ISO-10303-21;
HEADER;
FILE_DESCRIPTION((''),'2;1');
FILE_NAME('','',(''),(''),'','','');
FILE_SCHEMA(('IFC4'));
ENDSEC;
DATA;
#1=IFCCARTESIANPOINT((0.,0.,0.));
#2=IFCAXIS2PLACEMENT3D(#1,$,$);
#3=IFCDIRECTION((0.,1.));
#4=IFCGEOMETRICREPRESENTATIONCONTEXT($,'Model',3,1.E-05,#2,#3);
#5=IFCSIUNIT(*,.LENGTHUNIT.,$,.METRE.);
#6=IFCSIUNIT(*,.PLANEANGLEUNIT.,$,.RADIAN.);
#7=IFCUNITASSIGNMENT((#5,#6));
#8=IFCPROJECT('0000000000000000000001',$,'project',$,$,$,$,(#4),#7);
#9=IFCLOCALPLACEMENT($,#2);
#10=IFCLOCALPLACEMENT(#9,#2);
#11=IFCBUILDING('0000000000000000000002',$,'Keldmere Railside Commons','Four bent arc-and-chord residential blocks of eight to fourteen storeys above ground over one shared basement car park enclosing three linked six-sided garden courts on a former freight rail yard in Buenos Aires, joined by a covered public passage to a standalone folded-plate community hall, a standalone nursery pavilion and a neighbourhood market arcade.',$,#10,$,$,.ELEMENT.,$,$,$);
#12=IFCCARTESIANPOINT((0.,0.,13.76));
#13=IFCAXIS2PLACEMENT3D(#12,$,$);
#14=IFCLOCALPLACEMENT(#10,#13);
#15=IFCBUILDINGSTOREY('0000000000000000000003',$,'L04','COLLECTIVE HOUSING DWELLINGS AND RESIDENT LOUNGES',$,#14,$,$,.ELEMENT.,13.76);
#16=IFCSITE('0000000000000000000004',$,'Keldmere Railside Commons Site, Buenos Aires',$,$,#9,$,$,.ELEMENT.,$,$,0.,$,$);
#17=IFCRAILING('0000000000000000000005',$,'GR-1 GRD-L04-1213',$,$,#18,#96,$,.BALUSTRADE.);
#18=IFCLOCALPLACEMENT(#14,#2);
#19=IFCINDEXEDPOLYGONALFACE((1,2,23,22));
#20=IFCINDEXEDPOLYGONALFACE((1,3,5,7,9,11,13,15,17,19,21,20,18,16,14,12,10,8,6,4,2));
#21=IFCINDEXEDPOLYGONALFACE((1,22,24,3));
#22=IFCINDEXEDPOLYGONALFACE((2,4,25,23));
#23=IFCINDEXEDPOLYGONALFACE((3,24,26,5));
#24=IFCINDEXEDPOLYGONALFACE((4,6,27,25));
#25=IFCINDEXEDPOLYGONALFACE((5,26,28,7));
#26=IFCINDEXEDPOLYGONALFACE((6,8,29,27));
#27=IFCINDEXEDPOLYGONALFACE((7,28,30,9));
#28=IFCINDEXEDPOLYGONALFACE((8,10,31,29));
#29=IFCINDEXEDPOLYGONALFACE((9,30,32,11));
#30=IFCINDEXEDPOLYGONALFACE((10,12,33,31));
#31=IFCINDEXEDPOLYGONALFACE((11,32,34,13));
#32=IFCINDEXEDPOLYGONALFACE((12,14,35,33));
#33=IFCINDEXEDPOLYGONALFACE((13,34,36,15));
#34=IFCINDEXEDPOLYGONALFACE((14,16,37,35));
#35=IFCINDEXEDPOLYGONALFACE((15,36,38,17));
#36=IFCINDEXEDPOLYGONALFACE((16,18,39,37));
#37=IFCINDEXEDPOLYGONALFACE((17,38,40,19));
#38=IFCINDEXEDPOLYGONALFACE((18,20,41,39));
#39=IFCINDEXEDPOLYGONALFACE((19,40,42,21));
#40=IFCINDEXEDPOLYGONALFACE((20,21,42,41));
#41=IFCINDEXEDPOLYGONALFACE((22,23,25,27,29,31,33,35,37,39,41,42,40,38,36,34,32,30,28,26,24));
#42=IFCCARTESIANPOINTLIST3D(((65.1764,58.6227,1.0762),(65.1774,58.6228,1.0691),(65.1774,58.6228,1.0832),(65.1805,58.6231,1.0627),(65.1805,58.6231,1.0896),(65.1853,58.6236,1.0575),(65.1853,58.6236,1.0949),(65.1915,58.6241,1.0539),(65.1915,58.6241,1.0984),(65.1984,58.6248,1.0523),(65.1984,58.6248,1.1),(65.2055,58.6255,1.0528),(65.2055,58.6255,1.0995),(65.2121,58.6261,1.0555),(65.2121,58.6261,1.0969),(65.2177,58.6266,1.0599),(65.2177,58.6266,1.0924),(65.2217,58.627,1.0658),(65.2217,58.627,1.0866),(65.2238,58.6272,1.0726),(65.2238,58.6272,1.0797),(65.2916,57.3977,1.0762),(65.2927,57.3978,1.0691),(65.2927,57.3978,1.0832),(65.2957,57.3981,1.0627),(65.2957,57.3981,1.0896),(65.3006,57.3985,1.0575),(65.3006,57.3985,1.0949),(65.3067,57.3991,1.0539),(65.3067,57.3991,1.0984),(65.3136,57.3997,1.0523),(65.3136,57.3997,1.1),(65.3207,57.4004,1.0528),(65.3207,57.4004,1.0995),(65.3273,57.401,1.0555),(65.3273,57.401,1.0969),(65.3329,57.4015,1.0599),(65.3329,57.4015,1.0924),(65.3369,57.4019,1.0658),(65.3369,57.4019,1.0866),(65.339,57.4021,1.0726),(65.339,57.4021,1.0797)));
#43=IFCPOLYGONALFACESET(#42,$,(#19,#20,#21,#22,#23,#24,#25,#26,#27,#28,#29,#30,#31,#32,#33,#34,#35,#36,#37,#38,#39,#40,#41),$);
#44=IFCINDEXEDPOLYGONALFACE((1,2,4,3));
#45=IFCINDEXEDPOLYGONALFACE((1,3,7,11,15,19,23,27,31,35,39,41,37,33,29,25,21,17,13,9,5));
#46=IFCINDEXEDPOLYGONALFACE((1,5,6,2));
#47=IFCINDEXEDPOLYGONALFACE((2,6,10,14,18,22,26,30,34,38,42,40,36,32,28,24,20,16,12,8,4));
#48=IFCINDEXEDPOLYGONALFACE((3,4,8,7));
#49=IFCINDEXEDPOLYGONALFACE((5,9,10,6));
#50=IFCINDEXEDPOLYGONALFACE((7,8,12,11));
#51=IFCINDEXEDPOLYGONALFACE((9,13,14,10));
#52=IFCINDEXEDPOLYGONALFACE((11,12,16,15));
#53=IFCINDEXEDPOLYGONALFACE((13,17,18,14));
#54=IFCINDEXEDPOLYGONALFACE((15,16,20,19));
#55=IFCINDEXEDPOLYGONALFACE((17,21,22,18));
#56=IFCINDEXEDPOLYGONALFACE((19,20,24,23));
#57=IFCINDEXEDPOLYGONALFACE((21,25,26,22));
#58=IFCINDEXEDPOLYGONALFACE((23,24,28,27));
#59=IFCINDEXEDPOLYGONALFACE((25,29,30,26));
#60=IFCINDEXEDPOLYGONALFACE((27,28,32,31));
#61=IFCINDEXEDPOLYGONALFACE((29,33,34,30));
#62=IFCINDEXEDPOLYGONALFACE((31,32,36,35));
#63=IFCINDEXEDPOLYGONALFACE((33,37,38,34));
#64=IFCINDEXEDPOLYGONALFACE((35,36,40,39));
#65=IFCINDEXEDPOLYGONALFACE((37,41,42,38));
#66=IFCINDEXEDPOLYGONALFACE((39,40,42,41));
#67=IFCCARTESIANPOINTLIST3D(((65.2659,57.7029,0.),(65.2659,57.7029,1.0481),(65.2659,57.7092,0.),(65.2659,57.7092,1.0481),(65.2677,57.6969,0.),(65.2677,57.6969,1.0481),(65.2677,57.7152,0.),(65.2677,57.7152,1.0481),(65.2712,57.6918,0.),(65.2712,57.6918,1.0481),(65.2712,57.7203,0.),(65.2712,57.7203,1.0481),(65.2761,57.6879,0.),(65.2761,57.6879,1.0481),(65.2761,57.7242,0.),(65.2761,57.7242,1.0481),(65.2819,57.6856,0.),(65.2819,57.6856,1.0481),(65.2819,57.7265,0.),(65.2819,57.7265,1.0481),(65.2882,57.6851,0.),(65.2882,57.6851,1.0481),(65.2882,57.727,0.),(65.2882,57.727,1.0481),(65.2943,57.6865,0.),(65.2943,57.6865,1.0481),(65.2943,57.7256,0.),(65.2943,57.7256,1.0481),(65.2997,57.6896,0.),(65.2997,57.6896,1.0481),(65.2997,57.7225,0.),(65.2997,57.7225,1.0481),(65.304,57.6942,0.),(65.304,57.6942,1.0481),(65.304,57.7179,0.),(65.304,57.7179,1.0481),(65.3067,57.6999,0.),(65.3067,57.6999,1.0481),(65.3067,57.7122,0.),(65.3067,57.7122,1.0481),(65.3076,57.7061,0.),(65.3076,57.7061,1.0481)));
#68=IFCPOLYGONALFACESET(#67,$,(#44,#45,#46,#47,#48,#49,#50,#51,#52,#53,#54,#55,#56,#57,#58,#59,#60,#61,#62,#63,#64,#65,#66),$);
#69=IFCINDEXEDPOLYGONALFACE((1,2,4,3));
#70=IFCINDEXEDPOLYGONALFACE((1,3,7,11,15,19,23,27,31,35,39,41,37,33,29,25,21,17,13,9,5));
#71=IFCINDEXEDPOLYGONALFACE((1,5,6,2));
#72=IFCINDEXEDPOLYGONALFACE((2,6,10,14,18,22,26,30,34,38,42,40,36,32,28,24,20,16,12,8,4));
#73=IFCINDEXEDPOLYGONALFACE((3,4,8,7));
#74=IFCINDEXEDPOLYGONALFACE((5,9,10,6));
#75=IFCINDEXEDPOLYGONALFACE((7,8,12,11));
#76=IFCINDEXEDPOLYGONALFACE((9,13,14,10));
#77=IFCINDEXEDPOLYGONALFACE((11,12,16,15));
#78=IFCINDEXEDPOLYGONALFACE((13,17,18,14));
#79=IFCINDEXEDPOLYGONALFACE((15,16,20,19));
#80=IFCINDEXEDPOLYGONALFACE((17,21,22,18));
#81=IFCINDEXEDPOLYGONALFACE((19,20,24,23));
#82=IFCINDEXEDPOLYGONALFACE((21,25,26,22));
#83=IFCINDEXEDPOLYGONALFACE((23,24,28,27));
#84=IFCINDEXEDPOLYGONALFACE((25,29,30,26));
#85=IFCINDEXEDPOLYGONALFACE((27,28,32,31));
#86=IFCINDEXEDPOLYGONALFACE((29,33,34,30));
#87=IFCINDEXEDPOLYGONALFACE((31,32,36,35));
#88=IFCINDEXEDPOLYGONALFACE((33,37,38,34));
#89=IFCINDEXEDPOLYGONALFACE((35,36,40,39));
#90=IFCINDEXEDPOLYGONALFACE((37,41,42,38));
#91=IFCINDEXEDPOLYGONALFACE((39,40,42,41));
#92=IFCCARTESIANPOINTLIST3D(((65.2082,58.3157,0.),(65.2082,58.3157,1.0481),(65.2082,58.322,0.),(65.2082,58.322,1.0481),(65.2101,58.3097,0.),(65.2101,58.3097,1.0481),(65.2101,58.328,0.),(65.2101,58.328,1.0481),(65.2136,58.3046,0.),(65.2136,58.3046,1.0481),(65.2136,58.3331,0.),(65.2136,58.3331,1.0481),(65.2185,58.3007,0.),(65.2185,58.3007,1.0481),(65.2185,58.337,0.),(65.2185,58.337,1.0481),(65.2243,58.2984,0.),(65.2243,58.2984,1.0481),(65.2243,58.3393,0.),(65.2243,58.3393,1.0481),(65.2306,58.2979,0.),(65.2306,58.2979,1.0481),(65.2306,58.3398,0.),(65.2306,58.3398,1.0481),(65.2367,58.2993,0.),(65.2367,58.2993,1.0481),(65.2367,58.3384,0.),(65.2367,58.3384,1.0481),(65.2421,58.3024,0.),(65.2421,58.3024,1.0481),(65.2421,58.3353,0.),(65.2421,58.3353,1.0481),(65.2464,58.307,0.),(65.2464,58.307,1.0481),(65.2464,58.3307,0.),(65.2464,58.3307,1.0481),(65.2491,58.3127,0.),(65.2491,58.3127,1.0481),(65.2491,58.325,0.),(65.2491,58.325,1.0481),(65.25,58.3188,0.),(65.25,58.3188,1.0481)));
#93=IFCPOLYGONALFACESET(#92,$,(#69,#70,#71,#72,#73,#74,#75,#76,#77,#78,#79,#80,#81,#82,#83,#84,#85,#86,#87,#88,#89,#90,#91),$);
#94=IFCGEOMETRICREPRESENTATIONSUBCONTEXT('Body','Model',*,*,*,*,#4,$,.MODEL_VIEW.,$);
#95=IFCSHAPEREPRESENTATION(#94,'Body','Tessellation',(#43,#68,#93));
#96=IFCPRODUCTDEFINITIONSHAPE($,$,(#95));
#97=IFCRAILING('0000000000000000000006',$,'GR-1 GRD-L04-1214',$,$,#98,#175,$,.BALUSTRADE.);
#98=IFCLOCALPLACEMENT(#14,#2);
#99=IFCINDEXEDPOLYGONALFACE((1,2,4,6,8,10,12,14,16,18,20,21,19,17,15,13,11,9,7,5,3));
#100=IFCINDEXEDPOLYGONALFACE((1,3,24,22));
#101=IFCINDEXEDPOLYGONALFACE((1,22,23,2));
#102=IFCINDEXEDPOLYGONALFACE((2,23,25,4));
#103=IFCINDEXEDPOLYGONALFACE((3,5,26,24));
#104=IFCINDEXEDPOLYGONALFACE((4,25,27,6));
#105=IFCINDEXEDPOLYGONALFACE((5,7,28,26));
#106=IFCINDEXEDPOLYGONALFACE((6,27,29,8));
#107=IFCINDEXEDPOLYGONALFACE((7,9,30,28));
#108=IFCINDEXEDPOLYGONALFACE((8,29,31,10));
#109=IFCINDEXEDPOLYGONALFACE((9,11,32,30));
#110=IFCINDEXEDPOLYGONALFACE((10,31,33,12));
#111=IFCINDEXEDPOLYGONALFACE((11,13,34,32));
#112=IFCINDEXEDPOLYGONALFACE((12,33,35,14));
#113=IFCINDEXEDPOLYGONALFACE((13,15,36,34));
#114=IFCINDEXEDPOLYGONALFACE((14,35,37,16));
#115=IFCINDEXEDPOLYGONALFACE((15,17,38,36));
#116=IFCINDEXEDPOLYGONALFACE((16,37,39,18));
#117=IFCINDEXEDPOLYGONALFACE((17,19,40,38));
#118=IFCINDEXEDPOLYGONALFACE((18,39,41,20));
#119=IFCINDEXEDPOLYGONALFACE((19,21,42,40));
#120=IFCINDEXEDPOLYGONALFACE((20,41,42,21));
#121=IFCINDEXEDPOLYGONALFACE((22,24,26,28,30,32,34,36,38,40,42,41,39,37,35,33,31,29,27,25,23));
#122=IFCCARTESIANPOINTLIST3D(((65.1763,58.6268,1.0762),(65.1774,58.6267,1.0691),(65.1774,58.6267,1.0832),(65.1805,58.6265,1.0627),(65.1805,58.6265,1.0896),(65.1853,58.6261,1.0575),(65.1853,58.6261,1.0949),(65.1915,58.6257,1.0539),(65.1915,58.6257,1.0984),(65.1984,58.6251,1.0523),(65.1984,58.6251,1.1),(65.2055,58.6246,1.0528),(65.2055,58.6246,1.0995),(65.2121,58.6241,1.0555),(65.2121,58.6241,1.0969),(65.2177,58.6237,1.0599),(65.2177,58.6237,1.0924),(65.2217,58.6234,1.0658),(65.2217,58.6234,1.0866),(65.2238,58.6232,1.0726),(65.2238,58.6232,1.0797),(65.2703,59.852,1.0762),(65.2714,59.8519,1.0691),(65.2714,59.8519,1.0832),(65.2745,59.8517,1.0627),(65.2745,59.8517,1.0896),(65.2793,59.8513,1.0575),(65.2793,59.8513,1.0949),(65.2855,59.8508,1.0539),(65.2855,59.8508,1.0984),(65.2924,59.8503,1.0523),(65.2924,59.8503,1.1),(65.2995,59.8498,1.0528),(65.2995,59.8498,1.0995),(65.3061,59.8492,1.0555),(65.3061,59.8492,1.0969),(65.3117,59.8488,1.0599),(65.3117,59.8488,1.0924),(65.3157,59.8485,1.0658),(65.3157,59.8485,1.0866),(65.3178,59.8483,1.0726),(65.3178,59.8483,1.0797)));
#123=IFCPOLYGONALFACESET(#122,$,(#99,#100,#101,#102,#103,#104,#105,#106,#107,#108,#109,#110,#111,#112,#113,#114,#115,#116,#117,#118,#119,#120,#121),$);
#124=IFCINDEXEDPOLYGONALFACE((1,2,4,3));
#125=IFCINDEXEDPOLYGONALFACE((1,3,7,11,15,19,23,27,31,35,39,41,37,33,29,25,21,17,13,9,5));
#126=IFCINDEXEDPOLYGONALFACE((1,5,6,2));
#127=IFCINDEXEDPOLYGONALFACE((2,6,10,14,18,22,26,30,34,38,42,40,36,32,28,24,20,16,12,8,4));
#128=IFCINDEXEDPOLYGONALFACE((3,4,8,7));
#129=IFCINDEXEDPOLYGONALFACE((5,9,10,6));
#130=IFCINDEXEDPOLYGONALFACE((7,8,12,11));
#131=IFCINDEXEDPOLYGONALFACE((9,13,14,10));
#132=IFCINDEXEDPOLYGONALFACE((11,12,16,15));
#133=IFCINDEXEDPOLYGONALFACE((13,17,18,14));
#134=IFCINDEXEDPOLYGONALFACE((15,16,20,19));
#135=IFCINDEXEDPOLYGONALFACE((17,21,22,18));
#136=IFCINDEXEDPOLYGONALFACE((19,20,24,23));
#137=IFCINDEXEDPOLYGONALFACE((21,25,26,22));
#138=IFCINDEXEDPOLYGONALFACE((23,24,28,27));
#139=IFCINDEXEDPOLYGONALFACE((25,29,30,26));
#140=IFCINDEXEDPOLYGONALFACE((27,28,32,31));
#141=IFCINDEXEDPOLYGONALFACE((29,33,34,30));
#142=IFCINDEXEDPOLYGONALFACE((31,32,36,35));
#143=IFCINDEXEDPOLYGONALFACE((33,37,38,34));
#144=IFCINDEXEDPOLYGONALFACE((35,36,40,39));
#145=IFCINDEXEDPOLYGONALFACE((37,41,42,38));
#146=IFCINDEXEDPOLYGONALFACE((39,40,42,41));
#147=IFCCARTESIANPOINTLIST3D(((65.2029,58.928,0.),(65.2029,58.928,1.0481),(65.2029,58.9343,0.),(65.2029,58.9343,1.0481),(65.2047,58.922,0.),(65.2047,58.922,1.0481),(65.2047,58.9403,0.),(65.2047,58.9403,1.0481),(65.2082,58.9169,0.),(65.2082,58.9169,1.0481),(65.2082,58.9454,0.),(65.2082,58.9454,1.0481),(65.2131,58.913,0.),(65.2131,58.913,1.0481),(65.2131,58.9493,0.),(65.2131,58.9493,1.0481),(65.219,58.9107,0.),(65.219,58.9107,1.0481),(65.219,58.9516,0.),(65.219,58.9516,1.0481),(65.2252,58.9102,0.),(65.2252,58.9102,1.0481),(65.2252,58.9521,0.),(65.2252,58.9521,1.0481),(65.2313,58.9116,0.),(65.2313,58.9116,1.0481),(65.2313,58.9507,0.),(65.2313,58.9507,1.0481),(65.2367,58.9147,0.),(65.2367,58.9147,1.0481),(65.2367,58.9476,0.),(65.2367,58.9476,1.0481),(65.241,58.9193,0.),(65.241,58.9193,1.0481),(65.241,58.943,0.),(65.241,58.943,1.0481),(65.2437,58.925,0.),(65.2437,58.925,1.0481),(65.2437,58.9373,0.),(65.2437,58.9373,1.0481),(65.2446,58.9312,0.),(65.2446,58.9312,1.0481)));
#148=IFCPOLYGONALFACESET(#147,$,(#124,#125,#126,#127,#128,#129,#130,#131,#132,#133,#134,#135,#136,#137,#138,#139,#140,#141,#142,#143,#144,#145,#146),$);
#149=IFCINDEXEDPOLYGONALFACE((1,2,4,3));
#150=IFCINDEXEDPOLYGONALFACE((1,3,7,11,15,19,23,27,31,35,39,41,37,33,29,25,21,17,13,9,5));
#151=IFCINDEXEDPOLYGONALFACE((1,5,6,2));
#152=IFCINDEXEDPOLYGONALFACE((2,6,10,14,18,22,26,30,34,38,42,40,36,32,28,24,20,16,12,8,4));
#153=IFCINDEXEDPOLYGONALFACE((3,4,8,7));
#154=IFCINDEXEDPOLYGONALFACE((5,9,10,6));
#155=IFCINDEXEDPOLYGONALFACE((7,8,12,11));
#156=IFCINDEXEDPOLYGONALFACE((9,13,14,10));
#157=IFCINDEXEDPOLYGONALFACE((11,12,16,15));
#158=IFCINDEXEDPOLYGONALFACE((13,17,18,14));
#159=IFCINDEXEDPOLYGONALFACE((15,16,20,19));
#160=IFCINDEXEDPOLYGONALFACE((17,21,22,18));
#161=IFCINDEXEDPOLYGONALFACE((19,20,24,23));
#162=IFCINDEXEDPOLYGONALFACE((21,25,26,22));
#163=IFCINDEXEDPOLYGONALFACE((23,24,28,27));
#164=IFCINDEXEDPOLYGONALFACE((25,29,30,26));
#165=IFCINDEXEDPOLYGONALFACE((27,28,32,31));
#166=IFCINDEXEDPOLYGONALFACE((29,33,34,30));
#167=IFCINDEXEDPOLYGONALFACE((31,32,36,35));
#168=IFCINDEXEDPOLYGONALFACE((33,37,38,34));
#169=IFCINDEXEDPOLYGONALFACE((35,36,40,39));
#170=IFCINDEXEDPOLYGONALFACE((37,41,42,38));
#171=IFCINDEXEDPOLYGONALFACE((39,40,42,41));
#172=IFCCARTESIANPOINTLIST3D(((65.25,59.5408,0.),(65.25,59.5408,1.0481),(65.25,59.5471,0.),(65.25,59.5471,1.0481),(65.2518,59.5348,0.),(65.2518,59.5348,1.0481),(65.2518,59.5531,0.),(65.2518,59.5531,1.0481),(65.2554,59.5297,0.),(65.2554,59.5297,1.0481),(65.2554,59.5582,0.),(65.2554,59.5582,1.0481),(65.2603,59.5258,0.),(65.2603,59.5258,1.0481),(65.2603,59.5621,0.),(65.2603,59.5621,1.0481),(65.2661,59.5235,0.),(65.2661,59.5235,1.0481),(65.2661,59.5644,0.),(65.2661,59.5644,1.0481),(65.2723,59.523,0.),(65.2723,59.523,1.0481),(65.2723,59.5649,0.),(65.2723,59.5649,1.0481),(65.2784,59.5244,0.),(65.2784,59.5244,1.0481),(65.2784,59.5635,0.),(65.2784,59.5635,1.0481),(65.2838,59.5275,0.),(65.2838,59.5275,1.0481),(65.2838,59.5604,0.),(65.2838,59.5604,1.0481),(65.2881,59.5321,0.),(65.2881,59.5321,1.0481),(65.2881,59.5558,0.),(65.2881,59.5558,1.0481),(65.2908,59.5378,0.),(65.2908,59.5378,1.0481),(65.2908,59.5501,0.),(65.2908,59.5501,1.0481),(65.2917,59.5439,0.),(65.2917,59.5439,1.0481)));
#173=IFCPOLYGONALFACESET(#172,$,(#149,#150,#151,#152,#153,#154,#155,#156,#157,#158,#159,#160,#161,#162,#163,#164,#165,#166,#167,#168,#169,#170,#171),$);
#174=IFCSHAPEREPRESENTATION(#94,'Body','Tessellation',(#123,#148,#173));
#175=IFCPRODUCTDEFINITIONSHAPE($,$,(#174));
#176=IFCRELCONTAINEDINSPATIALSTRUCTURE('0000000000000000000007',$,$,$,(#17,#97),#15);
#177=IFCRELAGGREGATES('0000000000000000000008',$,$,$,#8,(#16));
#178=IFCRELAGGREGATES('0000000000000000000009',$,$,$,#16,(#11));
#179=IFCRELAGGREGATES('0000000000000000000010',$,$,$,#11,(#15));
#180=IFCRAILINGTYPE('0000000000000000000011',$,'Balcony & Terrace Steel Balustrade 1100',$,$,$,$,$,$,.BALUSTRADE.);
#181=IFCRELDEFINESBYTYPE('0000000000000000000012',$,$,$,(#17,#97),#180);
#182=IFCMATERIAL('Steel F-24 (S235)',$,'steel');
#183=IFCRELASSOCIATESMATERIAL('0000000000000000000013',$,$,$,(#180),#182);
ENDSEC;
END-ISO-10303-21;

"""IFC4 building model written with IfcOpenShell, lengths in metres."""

from ifc_helpers import new_model, si_unit, direction, frame, origin, origin_2d, place, context, subcontext, project, spatial, circle, extrude, material, type_object, element, save


model = new_model("IFC4")

# Units and contexts
model_context = context("Model", 3, precision=1e-05, world=origin(), true_north=direction((0.0, 1.0)))
body_context = subcontext(model_context, "Body", "Model", "MODEL_VIEW")
ifc_project = project(units=[si_unit("LENGTHUNIT", "METRE"), si_unit("PLANEANGLEUNIT", "RADIAN")], contexts=[model_context])

# Site, building, storey
site_placement = place(None, origin())
site = spatial("IfcSite", under=ifc_project, at=site_placement, Name="Keldmere Railside Commons Site, Buenos Aires", CompositionType="ELEMENT", RefElevation=0.0)
building_placement = place(site_placement, origin())
building = spatial("IfcBuilding", under=site, at=building_placement, Name="Keldmere Railside Commons", Description="Four bent arc-and-chord residential blocks of eight to fourteen storeys above ground over one shared basement car park enclosing three linked six-sided garden courts on a former freight rail yard in Buenos Aires, joined by a covered public passage to a standalone folded-plate community hall, a standalone nursery pavilion and a neighbourhood market arcade.", CompositionType="ELEMENT")
storey_placement = place(building_placement, frame((0.0, 0.0, 13.76)))
storey = spatial("IfcBuildingStorey", under=building, at=storey_placement, Name="L04", Description="COLLECTIVE HOUSING DWELLINGS AND RESIDENT LOUNGES", CompositionType="ELEMENT", Elevation=13.76)

# Railings
ifc_material_1 = material(Name="Steel F-24 (S235)", Category="steel")
railing_type_1 = type_object("IfcRailingType", Name="Balcony & Terrace Steel Balustrade 1100", PredefinedType="BALUSTRADE", material=ifc_material_1)
railing_1_placement = place(storey_placement, frame((65.3154, 57.3999, 0.0)))
element("IfcRailing", 1, at=railing_1_placement, inside=storey, type_object=railing_type_1, Name="GR-1 GRD-L04-1213", PredefinedType="BALUSTRADE", context=body_context, shape_type="SweptSolid", body=[
    extrude(circle(Radius=0.0239, at=origin_2d()), frame((0.0, 0.0, 1.0762), z_axis=(-0.093648, 0.995605, 0.0), x_axis=(-0.995605, -0.093648, 0.0)), (0.0, 0.0, 1.0), 1.2305),
    extrude(circle(Radius=0.021, at=origin_2d()), frame((-0.0288, 0.3062, 0.0)), (0.0, 0.0, 1.0), 1.0481),
    extrude(circle(Radius=0.021, at=origin_2d()), frame((-0.0864, 0.9189, 0.0)), (0.0, 0.0, 1.0), 1.0481),
])
railing_2_placement = place(storey_placement, frame((65.2002, 58.625, 0.0)))
element("IfcRailing", 2, at=railing_2_placement, inside=storey, type_object=railing_type_1, Name="GR-1 GRD-L04-1214", PredefinedType="BALUSTRADE", context=body_context, shape_type="SweptSolid", body=[
    extrude(circle(Radius=0.0239, at=origin_2d()), frame((0.0, 0.0, 1.0762), z_axis=(0.076499, 0.99707, 0.0), x_axis=(-0.99707, 0.076499, 0.0)), (0.0, 0.0, 1.0), 1.2288),
    extrude(circle(Radius=0.021, at=origin_2d()), frame((0.0234, 0.3062, 0.0)), (0.0, 0.0, 1.0), 1.0481),
    extrude(circle(Radius=0.021, at=origin_2d()), frame((0.0706, 0.9189, 0.0)), (0.0, 0.0, 1.0), 1.0481),
])

save(model, "model.ifc")
